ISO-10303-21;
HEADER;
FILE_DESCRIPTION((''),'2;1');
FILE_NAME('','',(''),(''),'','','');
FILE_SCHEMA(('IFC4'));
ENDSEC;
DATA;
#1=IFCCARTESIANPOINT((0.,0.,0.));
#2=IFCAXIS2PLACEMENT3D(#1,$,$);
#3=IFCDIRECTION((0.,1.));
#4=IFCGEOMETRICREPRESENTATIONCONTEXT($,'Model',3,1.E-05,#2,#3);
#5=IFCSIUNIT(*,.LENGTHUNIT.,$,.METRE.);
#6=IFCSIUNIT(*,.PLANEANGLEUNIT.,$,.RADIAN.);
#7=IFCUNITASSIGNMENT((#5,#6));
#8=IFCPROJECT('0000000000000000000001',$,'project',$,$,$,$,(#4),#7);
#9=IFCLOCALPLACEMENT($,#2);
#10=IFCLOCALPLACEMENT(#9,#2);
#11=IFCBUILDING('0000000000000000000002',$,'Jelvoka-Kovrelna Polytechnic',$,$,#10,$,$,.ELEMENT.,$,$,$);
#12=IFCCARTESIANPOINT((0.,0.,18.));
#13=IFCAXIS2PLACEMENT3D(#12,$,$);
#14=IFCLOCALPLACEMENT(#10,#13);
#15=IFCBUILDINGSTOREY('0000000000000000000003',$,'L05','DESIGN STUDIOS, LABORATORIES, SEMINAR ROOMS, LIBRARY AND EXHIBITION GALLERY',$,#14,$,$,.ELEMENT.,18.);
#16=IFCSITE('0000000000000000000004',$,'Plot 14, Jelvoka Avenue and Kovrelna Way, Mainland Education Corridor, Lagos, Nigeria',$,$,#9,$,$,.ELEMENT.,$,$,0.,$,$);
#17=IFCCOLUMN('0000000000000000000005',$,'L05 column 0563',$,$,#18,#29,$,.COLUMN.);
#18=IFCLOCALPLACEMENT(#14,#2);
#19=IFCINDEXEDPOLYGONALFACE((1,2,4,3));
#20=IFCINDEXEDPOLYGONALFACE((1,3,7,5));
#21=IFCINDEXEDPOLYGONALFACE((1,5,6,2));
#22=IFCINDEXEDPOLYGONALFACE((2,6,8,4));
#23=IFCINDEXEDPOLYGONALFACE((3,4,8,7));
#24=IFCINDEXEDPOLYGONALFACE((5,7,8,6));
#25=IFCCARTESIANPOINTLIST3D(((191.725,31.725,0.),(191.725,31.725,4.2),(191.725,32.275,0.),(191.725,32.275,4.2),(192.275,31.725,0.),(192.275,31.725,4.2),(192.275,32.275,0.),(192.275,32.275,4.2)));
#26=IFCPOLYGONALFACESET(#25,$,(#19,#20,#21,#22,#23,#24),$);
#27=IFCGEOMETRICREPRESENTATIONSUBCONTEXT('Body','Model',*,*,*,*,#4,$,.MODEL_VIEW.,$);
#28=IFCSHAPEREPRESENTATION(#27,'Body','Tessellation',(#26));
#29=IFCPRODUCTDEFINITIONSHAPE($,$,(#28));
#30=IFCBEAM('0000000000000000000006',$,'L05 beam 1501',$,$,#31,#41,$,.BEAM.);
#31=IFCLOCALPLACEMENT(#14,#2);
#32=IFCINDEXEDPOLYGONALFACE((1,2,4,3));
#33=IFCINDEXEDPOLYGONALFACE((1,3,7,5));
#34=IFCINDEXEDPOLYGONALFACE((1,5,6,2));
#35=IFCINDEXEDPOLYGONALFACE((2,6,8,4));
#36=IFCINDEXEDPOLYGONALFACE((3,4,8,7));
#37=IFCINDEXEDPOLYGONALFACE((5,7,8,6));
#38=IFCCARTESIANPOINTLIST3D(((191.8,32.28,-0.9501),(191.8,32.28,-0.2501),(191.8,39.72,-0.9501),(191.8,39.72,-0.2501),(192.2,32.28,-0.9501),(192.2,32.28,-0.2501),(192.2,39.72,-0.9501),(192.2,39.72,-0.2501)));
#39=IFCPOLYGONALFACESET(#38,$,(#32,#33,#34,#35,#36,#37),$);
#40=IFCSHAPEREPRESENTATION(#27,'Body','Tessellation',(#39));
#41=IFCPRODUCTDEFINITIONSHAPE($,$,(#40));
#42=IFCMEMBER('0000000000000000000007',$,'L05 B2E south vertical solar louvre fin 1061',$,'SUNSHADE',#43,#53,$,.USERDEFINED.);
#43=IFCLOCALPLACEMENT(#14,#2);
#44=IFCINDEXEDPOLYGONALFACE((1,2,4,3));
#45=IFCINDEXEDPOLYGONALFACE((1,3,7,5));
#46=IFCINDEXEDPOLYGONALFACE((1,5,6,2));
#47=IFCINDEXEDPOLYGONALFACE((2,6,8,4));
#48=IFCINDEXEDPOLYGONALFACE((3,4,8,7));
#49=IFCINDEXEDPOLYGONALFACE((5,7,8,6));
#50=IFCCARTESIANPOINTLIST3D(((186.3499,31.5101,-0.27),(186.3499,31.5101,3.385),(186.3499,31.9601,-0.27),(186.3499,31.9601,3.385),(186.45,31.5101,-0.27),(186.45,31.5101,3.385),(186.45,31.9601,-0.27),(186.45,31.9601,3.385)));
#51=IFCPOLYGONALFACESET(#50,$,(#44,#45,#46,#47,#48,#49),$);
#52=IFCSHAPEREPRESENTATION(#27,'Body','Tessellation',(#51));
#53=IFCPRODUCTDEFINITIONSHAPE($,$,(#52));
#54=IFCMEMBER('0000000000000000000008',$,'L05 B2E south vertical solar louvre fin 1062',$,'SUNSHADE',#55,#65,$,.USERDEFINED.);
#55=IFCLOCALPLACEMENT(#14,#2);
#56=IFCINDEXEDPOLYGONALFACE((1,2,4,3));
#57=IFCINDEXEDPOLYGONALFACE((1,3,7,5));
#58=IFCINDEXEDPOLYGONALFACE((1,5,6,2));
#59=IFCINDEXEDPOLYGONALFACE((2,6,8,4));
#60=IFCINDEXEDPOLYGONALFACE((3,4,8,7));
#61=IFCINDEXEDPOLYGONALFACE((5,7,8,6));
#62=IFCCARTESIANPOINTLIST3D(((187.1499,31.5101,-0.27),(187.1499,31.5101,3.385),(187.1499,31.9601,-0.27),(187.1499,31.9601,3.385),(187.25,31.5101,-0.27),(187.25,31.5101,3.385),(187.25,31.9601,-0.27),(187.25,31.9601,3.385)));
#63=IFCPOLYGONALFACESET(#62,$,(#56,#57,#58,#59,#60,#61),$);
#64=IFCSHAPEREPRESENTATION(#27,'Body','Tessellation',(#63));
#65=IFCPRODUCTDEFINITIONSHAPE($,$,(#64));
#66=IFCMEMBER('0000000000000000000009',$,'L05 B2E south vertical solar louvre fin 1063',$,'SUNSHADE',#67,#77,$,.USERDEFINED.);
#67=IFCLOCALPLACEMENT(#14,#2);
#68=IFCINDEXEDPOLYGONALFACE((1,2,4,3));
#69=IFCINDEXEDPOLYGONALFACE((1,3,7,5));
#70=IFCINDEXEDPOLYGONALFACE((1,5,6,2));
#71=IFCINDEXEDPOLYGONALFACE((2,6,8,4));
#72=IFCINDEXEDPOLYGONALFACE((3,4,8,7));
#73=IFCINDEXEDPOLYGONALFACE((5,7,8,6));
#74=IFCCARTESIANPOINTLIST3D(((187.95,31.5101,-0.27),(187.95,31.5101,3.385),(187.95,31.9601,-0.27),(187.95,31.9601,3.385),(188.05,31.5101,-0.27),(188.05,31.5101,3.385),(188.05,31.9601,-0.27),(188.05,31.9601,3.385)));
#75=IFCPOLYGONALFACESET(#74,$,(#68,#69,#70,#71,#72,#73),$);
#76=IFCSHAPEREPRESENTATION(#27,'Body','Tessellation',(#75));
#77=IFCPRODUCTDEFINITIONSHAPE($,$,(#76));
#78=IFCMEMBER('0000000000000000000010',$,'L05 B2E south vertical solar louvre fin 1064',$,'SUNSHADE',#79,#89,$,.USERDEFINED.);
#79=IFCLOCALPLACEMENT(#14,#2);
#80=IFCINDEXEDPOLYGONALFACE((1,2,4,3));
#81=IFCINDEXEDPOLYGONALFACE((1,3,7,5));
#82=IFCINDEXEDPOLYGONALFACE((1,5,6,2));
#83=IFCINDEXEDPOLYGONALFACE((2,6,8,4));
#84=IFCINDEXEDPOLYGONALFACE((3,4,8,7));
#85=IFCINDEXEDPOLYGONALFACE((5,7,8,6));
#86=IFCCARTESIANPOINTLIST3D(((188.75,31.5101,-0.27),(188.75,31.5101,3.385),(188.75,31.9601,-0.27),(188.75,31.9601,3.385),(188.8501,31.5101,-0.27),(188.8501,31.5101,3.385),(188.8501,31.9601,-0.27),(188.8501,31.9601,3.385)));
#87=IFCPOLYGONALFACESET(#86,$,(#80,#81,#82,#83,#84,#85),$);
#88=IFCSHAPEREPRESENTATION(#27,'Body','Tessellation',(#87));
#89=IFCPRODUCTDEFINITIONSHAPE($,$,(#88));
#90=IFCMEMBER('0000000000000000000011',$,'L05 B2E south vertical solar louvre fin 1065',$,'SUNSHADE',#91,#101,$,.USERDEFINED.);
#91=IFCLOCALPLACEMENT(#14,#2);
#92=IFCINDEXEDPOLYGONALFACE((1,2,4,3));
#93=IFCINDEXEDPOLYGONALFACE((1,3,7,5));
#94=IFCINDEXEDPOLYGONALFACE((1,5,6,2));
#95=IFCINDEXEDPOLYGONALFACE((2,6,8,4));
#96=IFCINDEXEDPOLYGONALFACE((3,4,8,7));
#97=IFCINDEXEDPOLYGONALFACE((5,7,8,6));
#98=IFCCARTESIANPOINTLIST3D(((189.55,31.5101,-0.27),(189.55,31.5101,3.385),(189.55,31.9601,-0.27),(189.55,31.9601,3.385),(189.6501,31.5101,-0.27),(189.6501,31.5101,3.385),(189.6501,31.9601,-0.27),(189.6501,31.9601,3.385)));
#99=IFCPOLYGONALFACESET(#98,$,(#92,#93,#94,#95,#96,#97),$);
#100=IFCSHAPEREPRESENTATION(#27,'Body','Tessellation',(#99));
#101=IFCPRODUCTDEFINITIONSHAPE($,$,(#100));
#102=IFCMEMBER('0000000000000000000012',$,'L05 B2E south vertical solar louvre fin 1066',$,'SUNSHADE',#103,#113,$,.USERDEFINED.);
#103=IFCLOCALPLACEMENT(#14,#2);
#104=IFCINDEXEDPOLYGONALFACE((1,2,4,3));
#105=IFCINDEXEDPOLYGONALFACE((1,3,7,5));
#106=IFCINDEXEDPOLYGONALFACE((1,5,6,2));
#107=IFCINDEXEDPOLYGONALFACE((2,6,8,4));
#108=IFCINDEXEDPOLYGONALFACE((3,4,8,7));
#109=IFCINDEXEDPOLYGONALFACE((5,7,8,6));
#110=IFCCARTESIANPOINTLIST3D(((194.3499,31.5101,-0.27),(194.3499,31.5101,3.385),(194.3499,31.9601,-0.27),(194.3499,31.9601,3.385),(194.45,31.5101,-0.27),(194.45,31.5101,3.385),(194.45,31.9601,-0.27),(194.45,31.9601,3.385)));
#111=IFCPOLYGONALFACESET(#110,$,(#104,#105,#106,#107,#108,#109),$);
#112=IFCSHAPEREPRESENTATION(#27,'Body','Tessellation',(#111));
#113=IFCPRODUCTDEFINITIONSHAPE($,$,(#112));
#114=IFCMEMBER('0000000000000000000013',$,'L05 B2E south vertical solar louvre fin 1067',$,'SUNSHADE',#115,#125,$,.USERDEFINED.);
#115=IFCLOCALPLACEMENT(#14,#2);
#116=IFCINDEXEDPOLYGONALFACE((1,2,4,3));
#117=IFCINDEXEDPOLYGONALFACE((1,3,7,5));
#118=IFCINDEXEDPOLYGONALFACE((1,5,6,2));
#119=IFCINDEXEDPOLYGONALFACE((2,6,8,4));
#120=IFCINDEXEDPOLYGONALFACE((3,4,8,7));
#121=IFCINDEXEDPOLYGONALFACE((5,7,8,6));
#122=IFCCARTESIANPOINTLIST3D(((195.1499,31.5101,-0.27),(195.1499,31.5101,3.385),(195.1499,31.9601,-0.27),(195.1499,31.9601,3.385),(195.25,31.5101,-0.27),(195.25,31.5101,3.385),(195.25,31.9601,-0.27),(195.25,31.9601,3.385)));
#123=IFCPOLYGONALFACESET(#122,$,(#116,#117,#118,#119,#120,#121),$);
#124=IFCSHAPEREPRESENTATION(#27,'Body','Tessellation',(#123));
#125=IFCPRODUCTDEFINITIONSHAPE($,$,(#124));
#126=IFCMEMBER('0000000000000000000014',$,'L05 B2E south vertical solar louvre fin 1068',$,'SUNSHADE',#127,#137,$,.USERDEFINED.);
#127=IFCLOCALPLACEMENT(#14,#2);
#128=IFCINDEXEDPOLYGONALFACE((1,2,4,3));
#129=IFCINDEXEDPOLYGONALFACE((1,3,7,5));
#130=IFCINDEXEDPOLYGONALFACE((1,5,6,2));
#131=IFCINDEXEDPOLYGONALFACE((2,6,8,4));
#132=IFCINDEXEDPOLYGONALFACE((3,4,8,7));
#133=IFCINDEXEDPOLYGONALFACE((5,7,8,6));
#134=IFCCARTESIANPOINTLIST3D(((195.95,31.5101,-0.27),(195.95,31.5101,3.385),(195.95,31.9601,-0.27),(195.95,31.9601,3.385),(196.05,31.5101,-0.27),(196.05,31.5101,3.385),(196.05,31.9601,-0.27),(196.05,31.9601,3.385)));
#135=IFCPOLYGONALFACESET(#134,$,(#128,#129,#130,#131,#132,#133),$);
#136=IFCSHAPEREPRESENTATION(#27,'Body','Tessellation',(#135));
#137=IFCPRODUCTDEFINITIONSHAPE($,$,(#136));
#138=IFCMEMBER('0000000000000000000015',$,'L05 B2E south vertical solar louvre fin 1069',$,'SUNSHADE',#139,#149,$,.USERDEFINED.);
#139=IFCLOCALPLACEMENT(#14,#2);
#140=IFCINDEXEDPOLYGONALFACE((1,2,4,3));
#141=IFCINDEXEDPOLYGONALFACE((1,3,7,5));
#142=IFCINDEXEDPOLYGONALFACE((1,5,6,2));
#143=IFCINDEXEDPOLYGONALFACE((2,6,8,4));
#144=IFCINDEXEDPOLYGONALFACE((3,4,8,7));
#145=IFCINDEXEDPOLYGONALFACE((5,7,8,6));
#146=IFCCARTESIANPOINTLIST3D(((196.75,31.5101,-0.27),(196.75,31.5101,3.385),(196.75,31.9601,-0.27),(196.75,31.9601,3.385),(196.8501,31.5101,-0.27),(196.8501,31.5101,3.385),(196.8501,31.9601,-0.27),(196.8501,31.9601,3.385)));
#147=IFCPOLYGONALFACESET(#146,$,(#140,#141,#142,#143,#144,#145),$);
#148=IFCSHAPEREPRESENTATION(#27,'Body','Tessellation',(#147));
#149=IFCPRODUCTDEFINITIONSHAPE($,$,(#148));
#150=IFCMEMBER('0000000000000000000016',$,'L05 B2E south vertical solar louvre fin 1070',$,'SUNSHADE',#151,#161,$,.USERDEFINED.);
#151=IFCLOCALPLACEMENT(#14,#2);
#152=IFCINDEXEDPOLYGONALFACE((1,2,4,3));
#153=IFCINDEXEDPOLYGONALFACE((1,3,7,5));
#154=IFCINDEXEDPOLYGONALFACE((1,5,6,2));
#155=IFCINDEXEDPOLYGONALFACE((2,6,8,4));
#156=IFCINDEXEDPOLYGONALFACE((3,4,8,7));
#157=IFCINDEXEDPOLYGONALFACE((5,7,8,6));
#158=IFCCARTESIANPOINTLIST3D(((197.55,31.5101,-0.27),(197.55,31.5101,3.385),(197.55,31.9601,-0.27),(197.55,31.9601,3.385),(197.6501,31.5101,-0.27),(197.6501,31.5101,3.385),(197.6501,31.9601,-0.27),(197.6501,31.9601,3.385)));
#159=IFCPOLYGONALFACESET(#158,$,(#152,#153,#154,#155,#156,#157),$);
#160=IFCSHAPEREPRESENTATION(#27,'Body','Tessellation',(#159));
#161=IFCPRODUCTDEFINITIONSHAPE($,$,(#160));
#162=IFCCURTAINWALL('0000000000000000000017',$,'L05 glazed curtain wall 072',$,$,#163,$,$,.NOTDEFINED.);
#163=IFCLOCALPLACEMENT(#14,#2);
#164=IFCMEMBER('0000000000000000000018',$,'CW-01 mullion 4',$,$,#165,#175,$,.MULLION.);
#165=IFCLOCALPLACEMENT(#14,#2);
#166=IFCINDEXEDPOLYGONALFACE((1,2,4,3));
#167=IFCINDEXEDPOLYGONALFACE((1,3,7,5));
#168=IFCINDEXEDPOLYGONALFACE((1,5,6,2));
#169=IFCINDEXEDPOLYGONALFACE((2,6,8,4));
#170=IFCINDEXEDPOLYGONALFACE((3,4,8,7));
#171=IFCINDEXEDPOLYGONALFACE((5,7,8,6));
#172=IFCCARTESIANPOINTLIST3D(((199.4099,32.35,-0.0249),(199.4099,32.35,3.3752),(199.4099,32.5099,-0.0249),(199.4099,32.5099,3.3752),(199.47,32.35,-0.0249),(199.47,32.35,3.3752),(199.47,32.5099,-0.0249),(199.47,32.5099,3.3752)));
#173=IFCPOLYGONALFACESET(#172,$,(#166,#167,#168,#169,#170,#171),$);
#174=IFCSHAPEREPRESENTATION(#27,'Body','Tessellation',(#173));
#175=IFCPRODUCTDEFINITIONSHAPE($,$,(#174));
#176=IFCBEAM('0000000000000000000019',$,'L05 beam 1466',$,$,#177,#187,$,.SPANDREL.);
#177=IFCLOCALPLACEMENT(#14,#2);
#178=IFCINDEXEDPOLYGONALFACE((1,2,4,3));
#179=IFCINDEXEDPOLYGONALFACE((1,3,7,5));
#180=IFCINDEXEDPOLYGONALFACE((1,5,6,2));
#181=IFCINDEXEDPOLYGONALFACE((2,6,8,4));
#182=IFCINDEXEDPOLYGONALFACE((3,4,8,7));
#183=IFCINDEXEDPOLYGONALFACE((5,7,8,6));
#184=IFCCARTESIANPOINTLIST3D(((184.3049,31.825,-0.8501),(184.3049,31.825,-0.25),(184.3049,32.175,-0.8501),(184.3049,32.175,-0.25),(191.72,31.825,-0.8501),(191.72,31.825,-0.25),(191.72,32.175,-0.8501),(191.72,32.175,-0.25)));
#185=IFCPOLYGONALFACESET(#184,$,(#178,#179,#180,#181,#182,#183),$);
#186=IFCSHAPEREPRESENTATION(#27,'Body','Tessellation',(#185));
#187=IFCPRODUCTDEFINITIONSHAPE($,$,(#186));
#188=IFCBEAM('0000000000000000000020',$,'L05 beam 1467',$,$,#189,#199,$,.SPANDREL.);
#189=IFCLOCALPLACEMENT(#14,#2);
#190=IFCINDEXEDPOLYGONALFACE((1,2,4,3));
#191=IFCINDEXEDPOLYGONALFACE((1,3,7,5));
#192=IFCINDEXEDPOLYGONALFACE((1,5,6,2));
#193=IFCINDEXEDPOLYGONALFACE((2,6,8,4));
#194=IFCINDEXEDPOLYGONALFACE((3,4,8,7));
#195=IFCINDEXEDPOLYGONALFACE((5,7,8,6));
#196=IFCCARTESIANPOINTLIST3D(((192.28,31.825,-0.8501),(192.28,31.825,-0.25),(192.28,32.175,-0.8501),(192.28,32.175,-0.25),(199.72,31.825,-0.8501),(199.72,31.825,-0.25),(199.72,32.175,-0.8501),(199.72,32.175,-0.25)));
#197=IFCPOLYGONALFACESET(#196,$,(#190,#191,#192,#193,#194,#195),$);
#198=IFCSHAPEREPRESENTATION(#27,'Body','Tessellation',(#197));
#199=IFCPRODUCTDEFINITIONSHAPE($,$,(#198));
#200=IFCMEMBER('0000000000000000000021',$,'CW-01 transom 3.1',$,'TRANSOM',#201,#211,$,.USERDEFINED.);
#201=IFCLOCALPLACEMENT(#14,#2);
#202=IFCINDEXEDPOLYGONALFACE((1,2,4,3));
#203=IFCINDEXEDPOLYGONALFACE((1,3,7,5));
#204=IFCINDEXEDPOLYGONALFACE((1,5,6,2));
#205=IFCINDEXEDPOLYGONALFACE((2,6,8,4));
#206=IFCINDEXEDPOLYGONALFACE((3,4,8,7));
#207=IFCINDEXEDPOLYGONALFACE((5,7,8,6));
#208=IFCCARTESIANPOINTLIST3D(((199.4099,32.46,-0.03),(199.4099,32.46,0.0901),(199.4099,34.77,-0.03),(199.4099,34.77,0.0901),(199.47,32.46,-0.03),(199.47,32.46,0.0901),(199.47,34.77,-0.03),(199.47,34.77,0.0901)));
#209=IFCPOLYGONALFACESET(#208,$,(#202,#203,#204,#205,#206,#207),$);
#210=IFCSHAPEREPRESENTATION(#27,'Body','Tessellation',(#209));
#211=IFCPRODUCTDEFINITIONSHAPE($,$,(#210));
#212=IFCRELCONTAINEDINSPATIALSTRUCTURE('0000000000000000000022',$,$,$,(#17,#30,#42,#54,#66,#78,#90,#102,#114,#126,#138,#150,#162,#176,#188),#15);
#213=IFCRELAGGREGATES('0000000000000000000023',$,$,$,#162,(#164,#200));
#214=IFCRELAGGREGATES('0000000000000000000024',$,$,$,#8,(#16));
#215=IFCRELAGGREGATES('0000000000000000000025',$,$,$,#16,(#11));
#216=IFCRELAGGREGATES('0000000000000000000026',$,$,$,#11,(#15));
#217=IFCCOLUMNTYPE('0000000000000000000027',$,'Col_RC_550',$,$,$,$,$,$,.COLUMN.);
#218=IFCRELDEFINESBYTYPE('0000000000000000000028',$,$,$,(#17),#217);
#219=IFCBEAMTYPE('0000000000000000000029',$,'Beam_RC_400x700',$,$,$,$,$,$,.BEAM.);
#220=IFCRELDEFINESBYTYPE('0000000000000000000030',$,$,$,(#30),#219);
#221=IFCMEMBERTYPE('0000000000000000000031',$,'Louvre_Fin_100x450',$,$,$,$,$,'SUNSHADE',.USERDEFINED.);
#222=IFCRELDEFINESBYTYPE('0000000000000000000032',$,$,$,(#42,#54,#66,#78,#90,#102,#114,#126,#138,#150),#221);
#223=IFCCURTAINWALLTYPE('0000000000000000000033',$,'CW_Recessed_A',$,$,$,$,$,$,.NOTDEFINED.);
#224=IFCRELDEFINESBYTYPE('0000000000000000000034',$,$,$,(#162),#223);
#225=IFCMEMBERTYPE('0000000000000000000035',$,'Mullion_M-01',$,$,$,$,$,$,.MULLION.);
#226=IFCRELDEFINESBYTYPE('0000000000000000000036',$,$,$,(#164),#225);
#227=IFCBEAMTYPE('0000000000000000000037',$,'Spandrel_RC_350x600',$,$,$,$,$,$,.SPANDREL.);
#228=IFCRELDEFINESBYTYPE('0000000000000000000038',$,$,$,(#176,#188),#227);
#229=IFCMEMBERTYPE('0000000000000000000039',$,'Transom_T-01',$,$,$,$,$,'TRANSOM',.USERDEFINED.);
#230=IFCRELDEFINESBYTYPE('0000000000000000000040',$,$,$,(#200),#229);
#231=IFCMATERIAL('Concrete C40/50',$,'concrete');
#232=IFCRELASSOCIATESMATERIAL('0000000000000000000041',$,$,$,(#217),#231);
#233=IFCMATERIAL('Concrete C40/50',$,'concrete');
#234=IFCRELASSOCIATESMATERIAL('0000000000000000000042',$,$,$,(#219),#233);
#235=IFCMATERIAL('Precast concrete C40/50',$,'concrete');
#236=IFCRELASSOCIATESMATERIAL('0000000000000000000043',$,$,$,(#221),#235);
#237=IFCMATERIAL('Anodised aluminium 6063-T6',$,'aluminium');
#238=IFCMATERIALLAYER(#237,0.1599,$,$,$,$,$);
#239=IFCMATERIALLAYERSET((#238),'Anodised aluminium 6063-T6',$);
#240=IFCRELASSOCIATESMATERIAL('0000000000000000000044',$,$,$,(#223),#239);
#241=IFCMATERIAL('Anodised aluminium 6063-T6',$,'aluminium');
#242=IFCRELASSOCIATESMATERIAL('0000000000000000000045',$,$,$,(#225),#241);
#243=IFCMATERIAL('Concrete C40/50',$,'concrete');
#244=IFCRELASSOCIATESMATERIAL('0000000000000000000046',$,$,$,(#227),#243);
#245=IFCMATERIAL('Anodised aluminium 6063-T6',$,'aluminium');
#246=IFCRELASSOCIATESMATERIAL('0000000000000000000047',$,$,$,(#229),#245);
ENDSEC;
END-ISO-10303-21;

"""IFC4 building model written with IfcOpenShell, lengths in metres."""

from ifc_helpers import new_model, si_unit, direction, frame, origin, origin_2d, place, context, subcontext, project, spatial, rectangle, extrude, material, layer, layer_set, material_profile, profile_set, type_object, element, aggregate, save


model = new_model("IFC4")

# Units and contexts
model_context = context("Model", 3, precision=1e-05, world=origin(), true_north=direction((0.0, 1.0)))
body_context = subcontext(model_context, "Body", "Model", "MODEL_VIEW")
ifc_project = project(units=[si_unit("LENGTHUNIT", "METRE"), si_unit("PLANEANGLEUNIT", "RADIAN")], contexts=[model_context])

# Site, building, storey
site_placement = place(None, origin())
site = spatial("IfcSite", under=ifc_project, at=site_placement, Name="Plot 14, Jelvoka Avenue and Kovrelna Way, Mainland Education Corridor, Lagos, Nigeria", CompositionType="ELEMENT", RefElevation=0.0)
building_placement = place(site_placement, origin())
building = spatial("IfcBuilding", under=site, at=building_placement, Name="Jelvoka-Kovrelna Polytechnic", CompositionType="ELEMENT")
storey_placement = place(building_placement, frame((0.0, 0.0, 18.0)))
storey = spatial("IfcBuildingStorey", under=building, at=storey_placement, Name="L05", Description="DESIGN STUDIOS, LABORATORIES, SEMINAR ROOMS, LIBRARY AND EXHIBITION GALLERY", CompositionType="ELEMENT", Elevation=18.0)

# Column
ifc_material_1 = material(Name="Concrete C40/50", Category="concrete")
ifc_material_profile_1 = material_profile(ifc_material_1, rectangle(XDim=0.55, YDim=0.55, at=origin_2d()), Name="RC 550x550")
ifc_profile_set_1 = profile_set([ifc_material_profile_1], Name="Concrete C40/50")
column_type = type_object("IfcColumnType", Name="Col_RC_550", PredefinedType="COLUMN", material=ifc_profile_set_1)
column_placement = place(storey_placement, frame((192.0, 32.0, 0.0), z_axis=(0.0, 0.0, 1.0), x_axis=(1.0, 0.0, 0.0)))
element("IfcColumn", 1, at=column_placement, inside=storey, type_object=column_type, Name="L05 column 0563", PredefinedType="COLUMN", context=body_context, shape_type="SweptSolid", body=[
    extrude(rectangle(XDim=0.55, YDim=0.55, at=origin_2d()), origin(), (0.0, 0.0, 1.0), 4.2),
])

# Beam
ifc_material_2 = material(Name="Concrete C40/50", Category="concrete")
ifc_material_profile_2 = material_profile(ifc_material_2, rectangle(XDim=0.3999, YDim=0.7, at=origin_2d()), Name="RC 400x700")
ifc_profile_set_2 = profile_set([ifc_material_profile_2], Name="Concrete C40/50")
beam_type_1 = type_object("IfcBeamType", Name="Beam_RC_400x700", PredefinedType="BEAM", material=ifc_profile_set_2)
beam_1_placement = place(storey_placement, frame((192.0, 32.28, -0.6001), z_axis=(0.0, 1.0, 0.0), x_axis=(-1.0, 0.0, 0.0)))
element("IfcBeam", 2, at=beam_1_placement, inside=storey, type_object=beam_type_1, Name="L05 beam 1501", PredefinedType="BEAM", context=body_context, shape_type="SweptSolid", body=[
    extrude(rectangle(XDim=0.3999, YDim=0.7, at=origin_2d()), origin(), (0.0, 0.0, 1.0), 7.4399),
])

# Members
ifc_material_3 = material(Name="Precast concrete C40/50", Category="concrete")
ifc_material_profile_3 = material_profile(ifc_material_3, rectangle(XDim=0.1001, YDim=0.45, at=origin_2d()), Name="PC 100x450")
ifc_profile_set_3 = profile_set([ifc_material_profile_3], Name="Precast concrete C40/50")
member_type_1 = type_object("IfcMemberType", Name="Louvre_Fin_100x450", ElementType="SUNSHADE", PredefinedType="USERDEFINED", material=ifc_profile_set_3)
for number, where, z_axis, x_axis, name in (
    (3, (186.3999, 31.7351, -0.27), (0.0, 0.0, 1.0), (1.0, 0.0, 0.0), "L05 B2E south vertical solar louvre fin 1061"),
    (4, (187.2, 31.7351, -0.27), (0.0, 0.0, 1.0), (1.0, 0.0, 0.0), "L05 B2E south vertical solar louvre fin 1062"),
    (5, (188.0, 31.7351, -0.27), (0.0, 0.0, 1.0), (1.0, 0.0, 0.0), "L05 B2E south vertical solar louvre fin 1063"),
    (6, (188.8, 31.7351, -0.27), (0.0, 0.0, 1.0), (1.0, 0.0, 0.0), "L05 B2E south vertical solar louvre fin 1064"),
    (7, (189.6001, 31.7351, -0.27), (0.0, 0.0, 1.0), (1.0, 0.0, 0.0), "L05 B2E south vertical solar louvre fin 1065"),
    (8, (194.3999, 31.7351, -0.27), (0.0, 0.0, 1.0), (1.0, 0.0, 0.0), "L05 B2E south vertical solar louvre fin 1066"),
    (9, (195.2, 31.7351, -0.27), (0.0, 0.0, 1.0), (1.0, 0.0, 0.0), "L05 B2E south vertical solar louvre fin 1067"),
    (10, (196.0, 31.7351, -0.27), (0.0, 0.0, 1.0), (1.0, 0.0, 0.0), "L05 B2E south vertical solar louvre fin 1068"),
    (11, (196.8, 31.7351, -0.27), (0.0, 0.0, 1.0), (1.0, 0.0, 0.0), "L05 B2E south vertical solar louvre fin 1069"),
    (12, (197.6001, 31.7351, -0.27), (0.0, 0.0, 1.0), (1.0, 0.0, 0.0), "L05 B2E south vertical solar louvre fin 1070"),
):
    element("IfcMember", number, at=place(storey_placement, frame(where, z_axis=z_axis, x_axis=x_axis)), inside=storey, type_object=member_type_1, Name=name, ObjectType="SUNSHADE", PredefinedType="USERDEFINED", context=body_context, shape_type="SweptSolid", body=[
        extrude(rectangle(XDim=0.1001, YDim=0.45, at=origin_2d()), origin(), (0.0, 0.0, 1.0), 3.655),
    ])

# Curtain wall, member
ifc_material_4 = material(Name="Anodised aluminium 6063-T6", Category="aluminium")
ifc_layer_1 = layer(ifc_material_4, 0.1599)
ifc_layer_set_1 = layer_set([ifc_layer_1], Name="Anodised aluminium 6063-T6")
curtain_wall_type = type_object("IfcCurtainWallType", Name="CW_Recessed_A", PredefinedType="NOTDEFINED", material=ifc_layer_set_1)
curtain_wall_placement = place(storey_placement, origin())
curtain_wall = element("IfcCurtainWall", 13, at=curtain_wall_placement, inside=storey, type_object=curtain_wall_type, Name="L05 glazed curtain wall 072", PredefinedType="NOTDEFINED")
ifc_material_5 = material(Name="Anodised aluminium 6063-T6", Category="aluminium")
ifc_material_profile_4 = material_profile(ifc_material_5, rectangle(XDim=0.0601, YDim=0.1599, at=origin_2d()), Name="ALU 60x160")
ifc_profile_set_4 = profile_set([ifc_material_profile_4], Name="Anodised aluminium 6063-T6")
member_type_2 = type_object("IfcMemberType", Name="Mullion_M-01", PredefinedType="MULLION", material=ifc_profile_set_4)
member_1_placement = place(storey_placement, frame((199.4399, 32.4299, -0.0249), z_axis=(0.0, 0.0, 1.0), x_axis=(1.0, 0.0, 0.0)))
member_1 = element("IfcMember", 14, at=member_1_placement, type_object=member_type_2, Name="CW-01 mullion 4", PredefinedType="MULLION", context=body_context, shape_type="SweptSolid", body=[
    extrude(rectangle(XDim=0.0601, YDim=0.1599, at=origin_2d()), origin(), (0.0, 0.0, 1.0), 3.4001),
])

# Beams
ifc_material_6 = material(Name="Concrete C40/50", Category="concrete")
ifc_material_profile_5 = material_profile(ifc_material_6, rectangle(XDim=0.3501, YDim=0.6001, at=origin_2d()), Name="RC 350x600")
ifc_profile_set_5 = profile_set([ifc_material_profile_5], Name="Concrete C40/50")
beam_type_2 = type_object("IfcBeamType", Name="Spandrel_RC_350x600", PredefinedType="SPANDREL", material=ifc_profile_set_5)
beam_2_placement = place(storey_placement, frame((184.3049, 32.0, -0.55), z_axis=(1.0, 0.0, 0.0), x_axis=(0.0, 1.0, 0.0)))
element("IfcBeam", 15, at=beam_2_placement, inside=storey, type_object=beam_type_2, Name="L05 beam 1466", PredefinedType="SPANDREL", context=body_context, shape_type="SweptSolid", body=[
    extrude(rectangle(XDim=0.3501, YDim=0.6001, at=origin_2d()), origin(), (0.0, 0.0, 1.0), 7.415),
])
beam_3_placement = place(storey_placement, frame((192.28, 32.0, -0.55), z_axis=(1.0, 0.0, 0.0), x_axis=(0.0, 1.0, 0.0)))
element("IfcBeam", 16, at=beam_3_placement, inside=storey, type_object=beam_type_2, Name="L05 beam 1467", PredefinedType="SPANDREL", context=body_context, shape_type="SweptSolid", body=[
    extrude(rectangle(XDim=0.3501, YDim=0.6001, at=origin_2d()), origin(), (0.0, 0.0, 1.0), 7.4399),
])

# Member
ifc_material_7 = material(Name="Anodised aluminium 6063-T6", Category="aluminium")
ifc_material_profile_6 = material_profile(ifc_material_7, rectangle(XDim=0.0601, YDim=0.1201, at=origin_2d()), Name="ALU 60x120")
ifc_profile_set_6 = profile_set([ifc_material_profile_6], Name="Anodised aluminium 6063-T6")
member_type_3 = type_object("IfcMemberType", Name="Transom_T-01", ElementType="TRANSOM", PredefinedType="USERDEFINED", material=ifc_profile_set_6)
member_2_placement = place(storey_placement, frame((199.4399, 34.77, 0.03), z_axis=(0.0, -1.0, 0.0), x_axis=(1.0, 0.0, 0.0)))
member_2 = element("IfcMember", 17, at=member_2_placement, type_object=member_type_3, Name="CW-01 transom 3.1", ObjectType="TRANSOM", PredefinedType="USERDEFINED", context=body_context, shape_type="SweptSolid", body=[
    extrude(rectangle(XDim=0.0601, YDim=0.1201, at=origin_2d()), origin(), (0.0, 0.0, 1.0), 2.3101),
])

aggregate(curtain_wall, [member_1, member_2])

save(model, "model.ifc")
